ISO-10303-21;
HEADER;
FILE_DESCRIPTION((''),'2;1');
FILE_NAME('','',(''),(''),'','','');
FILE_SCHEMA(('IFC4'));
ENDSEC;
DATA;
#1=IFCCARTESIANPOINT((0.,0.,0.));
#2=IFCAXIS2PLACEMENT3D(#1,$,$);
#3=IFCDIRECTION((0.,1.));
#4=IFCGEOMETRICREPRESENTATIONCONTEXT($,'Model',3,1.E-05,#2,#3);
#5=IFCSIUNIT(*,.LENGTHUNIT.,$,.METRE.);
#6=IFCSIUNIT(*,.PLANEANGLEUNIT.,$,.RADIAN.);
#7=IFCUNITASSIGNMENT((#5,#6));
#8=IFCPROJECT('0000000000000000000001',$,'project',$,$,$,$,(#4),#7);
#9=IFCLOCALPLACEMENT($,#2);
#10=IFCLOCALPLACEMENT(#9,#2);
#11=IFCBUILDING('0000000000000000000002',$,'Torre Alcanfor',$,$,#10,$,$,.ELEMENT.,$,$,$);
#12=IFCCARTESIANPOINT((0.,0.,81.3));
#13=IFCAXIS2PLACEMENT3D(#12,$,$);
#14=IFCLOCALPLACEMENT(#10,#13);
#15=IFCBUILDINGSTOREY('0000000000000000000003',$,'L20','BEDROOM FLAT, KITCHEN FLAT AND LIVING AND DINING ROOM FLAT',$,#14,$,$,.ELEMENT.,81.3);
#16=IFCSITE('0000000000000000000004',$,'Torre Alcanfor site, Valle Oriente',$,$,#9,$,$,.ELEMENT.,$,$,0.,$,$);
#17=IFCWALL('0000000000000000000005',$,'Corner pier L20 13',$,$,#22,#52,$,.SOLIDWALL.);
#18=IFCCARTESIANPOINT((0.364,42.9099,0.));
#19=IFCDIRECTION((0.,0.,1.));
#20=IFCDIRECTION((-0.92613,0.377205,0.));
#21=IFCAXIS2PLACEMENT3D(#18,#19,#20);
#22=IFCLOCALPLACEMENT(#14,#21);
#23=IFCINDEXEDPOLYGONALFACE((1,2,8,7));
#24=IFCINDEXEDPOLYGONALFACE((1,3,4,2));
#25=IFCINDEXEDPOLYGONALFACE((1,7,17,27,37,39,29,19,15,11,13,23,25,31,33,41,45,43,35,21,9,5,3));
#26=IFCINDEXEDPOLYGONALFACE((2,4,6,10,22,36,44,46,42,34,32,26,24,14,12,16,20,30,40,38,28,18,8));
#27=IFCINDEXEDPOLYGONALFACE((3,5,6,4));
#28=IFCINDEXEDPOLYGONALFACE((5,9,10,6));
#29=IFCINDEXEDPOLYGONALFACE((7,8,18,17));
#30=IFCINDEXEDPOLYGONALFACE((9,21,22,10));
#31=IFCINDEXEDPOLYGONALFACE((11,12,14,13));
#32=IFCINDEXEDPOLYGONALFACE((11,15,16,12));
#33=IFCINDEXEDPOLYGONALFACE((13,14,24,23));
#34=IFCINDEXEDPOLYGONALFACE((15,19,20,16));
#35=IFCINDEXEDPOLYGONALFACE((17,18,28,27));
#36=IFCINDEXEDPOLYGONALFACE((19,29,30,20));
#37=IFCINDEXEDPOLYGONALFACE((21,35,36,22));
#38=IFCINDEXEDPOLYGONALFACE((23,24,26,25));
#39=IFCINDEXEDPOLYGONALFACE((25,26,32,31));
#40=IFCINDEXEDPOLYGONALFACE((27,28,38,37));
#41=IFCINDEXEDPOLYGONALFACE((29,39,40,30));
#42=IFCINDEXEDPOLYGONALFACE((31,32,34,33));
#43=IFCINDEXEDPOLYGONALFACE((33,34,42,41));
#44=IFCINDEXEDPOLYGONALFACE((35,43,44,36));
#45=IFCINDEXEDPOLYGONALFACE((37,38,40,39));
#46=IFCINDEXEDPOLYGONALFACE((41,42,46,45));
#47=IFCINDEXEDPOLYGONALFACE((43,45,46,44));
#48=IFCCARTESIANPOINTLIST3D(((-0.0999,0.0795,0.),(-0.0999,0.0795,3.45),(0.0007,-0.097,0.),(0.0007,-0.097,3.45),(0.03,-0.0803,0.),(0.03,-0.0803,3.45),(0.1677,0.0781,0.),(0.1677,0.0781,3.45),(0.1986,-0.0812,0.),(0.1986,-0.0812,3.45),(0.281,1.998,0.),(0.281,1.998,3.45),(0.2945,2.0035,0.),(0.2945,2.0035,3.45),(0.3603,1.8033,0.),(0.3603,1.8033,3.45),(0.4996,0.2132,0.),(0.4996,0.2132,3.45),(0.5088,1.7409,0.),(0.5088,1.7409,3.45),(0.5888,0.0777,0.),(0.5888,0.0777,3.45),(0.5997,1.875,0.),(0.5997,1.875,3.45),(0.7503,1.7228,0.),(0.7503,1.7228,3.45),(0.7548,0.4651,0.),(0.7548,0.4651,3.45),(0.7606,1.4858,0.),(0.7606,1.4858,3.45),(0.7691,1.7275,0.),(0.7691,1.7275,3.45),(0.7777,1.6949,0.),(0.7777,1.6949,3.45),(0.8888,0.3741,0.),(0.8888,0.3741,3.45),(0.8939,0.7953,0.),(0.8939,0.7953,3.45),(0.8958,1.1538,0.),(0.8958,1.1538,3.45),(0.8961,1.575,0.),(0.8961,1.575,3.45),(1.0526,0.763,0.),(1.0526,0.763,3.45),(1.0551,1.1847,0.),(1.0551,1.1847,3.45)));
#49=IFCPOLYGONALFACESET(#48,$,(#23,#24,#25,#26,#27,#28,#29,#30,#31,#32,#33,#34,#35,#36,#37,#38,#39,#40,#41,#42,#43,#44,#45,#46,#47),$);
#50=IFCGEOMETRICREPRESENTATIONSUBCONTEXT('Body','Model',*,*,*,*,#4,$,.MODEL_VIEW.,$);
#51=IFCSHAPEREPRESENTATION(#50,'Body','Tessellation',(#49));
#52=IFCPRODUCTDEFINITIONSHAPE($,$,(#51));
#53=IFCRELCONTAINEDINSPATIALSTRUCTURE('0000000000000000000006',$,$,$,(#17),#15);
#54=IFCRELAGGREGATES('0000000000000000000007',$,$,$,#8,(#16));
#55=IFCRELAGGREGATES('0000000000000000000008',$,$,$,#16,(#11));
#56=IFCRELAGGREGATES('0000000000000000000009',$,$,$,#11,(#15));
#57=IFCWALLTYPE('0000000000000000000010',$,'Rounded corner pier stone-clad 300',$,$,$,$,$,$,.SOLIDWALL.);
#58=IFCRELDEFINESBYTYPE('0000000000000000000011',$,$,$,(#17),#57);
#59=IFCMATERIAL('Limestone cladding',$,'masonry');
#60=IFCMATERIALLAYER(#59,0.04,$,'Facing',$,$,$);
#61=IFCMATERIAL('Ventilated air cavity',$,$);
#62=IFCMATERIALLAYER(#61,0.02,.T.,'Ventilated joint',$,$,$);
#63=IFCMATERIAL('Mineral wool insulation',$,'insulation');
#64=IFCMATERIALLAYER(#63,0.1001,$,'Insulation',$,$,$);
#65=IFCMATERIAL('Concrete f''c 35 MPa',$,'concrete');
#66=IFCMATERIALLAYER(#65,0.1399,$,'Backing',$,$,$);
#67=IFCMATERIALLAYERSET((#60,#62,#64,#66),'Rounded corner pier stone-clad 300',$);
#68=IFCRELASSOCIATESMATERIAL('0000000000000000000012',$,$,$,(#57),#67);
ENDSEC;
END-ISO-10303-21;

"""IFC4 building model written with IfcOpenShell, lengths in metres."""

from ifc_helpers import new_model, si_unit, direction, frame, origin, place, context, subcontext, project, spatial, polyline, outline, extrude, material, layer, layer_set, type_object, element, save


model = new_model("IFC4")

# Units and contexts
model_context = context("Model", 3, precision=1e-05, world=origin(), true_north=direction((0.0, 1.0)))
body_context = subcontext(model_context, "Body", "Model", "MODEL_VIEW")
ifc_project = project(units=[si_unit("LENGTHUNIT", "METRE"), si_unit("PLANEANGLEUNIT", "RADIAN")], contexts=[model_context])

# Site, building, storey
site_placement = place(None, origin())
site = spatial("IfcSite", under=ifc_project, at=site_placement, Name="Torre Alcanfor site, Valle Oriente", CompositionType="ELEMENT", RefElevation=0.0)
building_placement = place(site_placement, origin())
building = spatial("IfcBuilding", under=site, at=building_placement, Name="Torre Alcanfor", CompositionType="ELEMENT")
storey_placement = place(building_placement, frame((0.0, 0.0, 81.3)))
storey = spatial("IfcBuildingStorey", under=building, at=storey_placement, Name="L20", Description="BEDROOM FLAT, KITCHEN FLAT AND LIVING AND DINING ROOM FLAT", CompositionType="ELEMENT", Elevation=81.3)

# Shared definitions
ifc_material_1 = material(Name="Limestone cladding", Category="masonry")
ifc_material_2 = material(Name="Ventilated air cavity")
ifc_material_3 = material(Name="Mineral wool insulation", Category="insulation")
ifc_material_4 = material(Name="Concrete f'c 35 MPa", Category="concrete")

# Wall
ifc_layer_1 = layer(ifc_material_1, 0.04, Name="Facing")
ifc_layer_2 = layer(ifc_material_2, 0.02, ventilated=True, Name="Ventilated joint")
ifc_layer_3 = layer(ifc_material_3, 0.1001, Name="Insulation")
ifc_layer_4 = layer(ifc_material_4, 0.1399, Name="Backing")
ifc_layer_set_1 = layer_set([ifc_layer_1, ifc_layer_2, ifc_layer_3, ifc_layer_4], Name="Rounded corner pier stone-clad 300")
wall_type_1 = type_object("IfcWallType", Name="Rounded corner pier stone-clad 300", PredefinedType="SOLIDWALL", material=ifc_layer_set_1)
wall_1_placement = place(storey_placement, frame((0.364, 42.9099, 0.0), z_axis=(0.0, 0.0, 1.0), x_axis=(-0.92613, 0.377205, 0.0)))
element("IfcWall", 1, at=wall_1_placement, inside=storey, type_object=wall_type_1, Name="Corner pier L20 13", PredefinedType="SOLIDWALL", context=body_context, shape_type="SweptSolid", body=[
    extrude(outline(polyline([(0.3603, 1.8033), (0.5088, 1.7409), (0.7606, 1.4858), (0.8958, 1.1538), (0.8939, 0.7953), (0.7548, 0.4651), (0.4996, 0.2132), (0.1677, 0.0781), (-0.0999, 0.0795), (0.0007, -0.097), (0.03, -0.0803), (0.1986, -0.0812), (0.5888, 0.0777), (0.8888, 0.3741), (1.0526, 0.763), (1.0551, 1.1847), (0.8961, 1.575), (0.7777, 1.6949), (0.7691, 1.7275), (0.7503, 1.7228), (0.5997, 1.875), (0.2945, 2.0035), (0.281, 1.998), (0.3603, 1.8033)])), origin(), (0.0, 0.0, 1.0), 3.45),
])

save(model, "model.ifc")
